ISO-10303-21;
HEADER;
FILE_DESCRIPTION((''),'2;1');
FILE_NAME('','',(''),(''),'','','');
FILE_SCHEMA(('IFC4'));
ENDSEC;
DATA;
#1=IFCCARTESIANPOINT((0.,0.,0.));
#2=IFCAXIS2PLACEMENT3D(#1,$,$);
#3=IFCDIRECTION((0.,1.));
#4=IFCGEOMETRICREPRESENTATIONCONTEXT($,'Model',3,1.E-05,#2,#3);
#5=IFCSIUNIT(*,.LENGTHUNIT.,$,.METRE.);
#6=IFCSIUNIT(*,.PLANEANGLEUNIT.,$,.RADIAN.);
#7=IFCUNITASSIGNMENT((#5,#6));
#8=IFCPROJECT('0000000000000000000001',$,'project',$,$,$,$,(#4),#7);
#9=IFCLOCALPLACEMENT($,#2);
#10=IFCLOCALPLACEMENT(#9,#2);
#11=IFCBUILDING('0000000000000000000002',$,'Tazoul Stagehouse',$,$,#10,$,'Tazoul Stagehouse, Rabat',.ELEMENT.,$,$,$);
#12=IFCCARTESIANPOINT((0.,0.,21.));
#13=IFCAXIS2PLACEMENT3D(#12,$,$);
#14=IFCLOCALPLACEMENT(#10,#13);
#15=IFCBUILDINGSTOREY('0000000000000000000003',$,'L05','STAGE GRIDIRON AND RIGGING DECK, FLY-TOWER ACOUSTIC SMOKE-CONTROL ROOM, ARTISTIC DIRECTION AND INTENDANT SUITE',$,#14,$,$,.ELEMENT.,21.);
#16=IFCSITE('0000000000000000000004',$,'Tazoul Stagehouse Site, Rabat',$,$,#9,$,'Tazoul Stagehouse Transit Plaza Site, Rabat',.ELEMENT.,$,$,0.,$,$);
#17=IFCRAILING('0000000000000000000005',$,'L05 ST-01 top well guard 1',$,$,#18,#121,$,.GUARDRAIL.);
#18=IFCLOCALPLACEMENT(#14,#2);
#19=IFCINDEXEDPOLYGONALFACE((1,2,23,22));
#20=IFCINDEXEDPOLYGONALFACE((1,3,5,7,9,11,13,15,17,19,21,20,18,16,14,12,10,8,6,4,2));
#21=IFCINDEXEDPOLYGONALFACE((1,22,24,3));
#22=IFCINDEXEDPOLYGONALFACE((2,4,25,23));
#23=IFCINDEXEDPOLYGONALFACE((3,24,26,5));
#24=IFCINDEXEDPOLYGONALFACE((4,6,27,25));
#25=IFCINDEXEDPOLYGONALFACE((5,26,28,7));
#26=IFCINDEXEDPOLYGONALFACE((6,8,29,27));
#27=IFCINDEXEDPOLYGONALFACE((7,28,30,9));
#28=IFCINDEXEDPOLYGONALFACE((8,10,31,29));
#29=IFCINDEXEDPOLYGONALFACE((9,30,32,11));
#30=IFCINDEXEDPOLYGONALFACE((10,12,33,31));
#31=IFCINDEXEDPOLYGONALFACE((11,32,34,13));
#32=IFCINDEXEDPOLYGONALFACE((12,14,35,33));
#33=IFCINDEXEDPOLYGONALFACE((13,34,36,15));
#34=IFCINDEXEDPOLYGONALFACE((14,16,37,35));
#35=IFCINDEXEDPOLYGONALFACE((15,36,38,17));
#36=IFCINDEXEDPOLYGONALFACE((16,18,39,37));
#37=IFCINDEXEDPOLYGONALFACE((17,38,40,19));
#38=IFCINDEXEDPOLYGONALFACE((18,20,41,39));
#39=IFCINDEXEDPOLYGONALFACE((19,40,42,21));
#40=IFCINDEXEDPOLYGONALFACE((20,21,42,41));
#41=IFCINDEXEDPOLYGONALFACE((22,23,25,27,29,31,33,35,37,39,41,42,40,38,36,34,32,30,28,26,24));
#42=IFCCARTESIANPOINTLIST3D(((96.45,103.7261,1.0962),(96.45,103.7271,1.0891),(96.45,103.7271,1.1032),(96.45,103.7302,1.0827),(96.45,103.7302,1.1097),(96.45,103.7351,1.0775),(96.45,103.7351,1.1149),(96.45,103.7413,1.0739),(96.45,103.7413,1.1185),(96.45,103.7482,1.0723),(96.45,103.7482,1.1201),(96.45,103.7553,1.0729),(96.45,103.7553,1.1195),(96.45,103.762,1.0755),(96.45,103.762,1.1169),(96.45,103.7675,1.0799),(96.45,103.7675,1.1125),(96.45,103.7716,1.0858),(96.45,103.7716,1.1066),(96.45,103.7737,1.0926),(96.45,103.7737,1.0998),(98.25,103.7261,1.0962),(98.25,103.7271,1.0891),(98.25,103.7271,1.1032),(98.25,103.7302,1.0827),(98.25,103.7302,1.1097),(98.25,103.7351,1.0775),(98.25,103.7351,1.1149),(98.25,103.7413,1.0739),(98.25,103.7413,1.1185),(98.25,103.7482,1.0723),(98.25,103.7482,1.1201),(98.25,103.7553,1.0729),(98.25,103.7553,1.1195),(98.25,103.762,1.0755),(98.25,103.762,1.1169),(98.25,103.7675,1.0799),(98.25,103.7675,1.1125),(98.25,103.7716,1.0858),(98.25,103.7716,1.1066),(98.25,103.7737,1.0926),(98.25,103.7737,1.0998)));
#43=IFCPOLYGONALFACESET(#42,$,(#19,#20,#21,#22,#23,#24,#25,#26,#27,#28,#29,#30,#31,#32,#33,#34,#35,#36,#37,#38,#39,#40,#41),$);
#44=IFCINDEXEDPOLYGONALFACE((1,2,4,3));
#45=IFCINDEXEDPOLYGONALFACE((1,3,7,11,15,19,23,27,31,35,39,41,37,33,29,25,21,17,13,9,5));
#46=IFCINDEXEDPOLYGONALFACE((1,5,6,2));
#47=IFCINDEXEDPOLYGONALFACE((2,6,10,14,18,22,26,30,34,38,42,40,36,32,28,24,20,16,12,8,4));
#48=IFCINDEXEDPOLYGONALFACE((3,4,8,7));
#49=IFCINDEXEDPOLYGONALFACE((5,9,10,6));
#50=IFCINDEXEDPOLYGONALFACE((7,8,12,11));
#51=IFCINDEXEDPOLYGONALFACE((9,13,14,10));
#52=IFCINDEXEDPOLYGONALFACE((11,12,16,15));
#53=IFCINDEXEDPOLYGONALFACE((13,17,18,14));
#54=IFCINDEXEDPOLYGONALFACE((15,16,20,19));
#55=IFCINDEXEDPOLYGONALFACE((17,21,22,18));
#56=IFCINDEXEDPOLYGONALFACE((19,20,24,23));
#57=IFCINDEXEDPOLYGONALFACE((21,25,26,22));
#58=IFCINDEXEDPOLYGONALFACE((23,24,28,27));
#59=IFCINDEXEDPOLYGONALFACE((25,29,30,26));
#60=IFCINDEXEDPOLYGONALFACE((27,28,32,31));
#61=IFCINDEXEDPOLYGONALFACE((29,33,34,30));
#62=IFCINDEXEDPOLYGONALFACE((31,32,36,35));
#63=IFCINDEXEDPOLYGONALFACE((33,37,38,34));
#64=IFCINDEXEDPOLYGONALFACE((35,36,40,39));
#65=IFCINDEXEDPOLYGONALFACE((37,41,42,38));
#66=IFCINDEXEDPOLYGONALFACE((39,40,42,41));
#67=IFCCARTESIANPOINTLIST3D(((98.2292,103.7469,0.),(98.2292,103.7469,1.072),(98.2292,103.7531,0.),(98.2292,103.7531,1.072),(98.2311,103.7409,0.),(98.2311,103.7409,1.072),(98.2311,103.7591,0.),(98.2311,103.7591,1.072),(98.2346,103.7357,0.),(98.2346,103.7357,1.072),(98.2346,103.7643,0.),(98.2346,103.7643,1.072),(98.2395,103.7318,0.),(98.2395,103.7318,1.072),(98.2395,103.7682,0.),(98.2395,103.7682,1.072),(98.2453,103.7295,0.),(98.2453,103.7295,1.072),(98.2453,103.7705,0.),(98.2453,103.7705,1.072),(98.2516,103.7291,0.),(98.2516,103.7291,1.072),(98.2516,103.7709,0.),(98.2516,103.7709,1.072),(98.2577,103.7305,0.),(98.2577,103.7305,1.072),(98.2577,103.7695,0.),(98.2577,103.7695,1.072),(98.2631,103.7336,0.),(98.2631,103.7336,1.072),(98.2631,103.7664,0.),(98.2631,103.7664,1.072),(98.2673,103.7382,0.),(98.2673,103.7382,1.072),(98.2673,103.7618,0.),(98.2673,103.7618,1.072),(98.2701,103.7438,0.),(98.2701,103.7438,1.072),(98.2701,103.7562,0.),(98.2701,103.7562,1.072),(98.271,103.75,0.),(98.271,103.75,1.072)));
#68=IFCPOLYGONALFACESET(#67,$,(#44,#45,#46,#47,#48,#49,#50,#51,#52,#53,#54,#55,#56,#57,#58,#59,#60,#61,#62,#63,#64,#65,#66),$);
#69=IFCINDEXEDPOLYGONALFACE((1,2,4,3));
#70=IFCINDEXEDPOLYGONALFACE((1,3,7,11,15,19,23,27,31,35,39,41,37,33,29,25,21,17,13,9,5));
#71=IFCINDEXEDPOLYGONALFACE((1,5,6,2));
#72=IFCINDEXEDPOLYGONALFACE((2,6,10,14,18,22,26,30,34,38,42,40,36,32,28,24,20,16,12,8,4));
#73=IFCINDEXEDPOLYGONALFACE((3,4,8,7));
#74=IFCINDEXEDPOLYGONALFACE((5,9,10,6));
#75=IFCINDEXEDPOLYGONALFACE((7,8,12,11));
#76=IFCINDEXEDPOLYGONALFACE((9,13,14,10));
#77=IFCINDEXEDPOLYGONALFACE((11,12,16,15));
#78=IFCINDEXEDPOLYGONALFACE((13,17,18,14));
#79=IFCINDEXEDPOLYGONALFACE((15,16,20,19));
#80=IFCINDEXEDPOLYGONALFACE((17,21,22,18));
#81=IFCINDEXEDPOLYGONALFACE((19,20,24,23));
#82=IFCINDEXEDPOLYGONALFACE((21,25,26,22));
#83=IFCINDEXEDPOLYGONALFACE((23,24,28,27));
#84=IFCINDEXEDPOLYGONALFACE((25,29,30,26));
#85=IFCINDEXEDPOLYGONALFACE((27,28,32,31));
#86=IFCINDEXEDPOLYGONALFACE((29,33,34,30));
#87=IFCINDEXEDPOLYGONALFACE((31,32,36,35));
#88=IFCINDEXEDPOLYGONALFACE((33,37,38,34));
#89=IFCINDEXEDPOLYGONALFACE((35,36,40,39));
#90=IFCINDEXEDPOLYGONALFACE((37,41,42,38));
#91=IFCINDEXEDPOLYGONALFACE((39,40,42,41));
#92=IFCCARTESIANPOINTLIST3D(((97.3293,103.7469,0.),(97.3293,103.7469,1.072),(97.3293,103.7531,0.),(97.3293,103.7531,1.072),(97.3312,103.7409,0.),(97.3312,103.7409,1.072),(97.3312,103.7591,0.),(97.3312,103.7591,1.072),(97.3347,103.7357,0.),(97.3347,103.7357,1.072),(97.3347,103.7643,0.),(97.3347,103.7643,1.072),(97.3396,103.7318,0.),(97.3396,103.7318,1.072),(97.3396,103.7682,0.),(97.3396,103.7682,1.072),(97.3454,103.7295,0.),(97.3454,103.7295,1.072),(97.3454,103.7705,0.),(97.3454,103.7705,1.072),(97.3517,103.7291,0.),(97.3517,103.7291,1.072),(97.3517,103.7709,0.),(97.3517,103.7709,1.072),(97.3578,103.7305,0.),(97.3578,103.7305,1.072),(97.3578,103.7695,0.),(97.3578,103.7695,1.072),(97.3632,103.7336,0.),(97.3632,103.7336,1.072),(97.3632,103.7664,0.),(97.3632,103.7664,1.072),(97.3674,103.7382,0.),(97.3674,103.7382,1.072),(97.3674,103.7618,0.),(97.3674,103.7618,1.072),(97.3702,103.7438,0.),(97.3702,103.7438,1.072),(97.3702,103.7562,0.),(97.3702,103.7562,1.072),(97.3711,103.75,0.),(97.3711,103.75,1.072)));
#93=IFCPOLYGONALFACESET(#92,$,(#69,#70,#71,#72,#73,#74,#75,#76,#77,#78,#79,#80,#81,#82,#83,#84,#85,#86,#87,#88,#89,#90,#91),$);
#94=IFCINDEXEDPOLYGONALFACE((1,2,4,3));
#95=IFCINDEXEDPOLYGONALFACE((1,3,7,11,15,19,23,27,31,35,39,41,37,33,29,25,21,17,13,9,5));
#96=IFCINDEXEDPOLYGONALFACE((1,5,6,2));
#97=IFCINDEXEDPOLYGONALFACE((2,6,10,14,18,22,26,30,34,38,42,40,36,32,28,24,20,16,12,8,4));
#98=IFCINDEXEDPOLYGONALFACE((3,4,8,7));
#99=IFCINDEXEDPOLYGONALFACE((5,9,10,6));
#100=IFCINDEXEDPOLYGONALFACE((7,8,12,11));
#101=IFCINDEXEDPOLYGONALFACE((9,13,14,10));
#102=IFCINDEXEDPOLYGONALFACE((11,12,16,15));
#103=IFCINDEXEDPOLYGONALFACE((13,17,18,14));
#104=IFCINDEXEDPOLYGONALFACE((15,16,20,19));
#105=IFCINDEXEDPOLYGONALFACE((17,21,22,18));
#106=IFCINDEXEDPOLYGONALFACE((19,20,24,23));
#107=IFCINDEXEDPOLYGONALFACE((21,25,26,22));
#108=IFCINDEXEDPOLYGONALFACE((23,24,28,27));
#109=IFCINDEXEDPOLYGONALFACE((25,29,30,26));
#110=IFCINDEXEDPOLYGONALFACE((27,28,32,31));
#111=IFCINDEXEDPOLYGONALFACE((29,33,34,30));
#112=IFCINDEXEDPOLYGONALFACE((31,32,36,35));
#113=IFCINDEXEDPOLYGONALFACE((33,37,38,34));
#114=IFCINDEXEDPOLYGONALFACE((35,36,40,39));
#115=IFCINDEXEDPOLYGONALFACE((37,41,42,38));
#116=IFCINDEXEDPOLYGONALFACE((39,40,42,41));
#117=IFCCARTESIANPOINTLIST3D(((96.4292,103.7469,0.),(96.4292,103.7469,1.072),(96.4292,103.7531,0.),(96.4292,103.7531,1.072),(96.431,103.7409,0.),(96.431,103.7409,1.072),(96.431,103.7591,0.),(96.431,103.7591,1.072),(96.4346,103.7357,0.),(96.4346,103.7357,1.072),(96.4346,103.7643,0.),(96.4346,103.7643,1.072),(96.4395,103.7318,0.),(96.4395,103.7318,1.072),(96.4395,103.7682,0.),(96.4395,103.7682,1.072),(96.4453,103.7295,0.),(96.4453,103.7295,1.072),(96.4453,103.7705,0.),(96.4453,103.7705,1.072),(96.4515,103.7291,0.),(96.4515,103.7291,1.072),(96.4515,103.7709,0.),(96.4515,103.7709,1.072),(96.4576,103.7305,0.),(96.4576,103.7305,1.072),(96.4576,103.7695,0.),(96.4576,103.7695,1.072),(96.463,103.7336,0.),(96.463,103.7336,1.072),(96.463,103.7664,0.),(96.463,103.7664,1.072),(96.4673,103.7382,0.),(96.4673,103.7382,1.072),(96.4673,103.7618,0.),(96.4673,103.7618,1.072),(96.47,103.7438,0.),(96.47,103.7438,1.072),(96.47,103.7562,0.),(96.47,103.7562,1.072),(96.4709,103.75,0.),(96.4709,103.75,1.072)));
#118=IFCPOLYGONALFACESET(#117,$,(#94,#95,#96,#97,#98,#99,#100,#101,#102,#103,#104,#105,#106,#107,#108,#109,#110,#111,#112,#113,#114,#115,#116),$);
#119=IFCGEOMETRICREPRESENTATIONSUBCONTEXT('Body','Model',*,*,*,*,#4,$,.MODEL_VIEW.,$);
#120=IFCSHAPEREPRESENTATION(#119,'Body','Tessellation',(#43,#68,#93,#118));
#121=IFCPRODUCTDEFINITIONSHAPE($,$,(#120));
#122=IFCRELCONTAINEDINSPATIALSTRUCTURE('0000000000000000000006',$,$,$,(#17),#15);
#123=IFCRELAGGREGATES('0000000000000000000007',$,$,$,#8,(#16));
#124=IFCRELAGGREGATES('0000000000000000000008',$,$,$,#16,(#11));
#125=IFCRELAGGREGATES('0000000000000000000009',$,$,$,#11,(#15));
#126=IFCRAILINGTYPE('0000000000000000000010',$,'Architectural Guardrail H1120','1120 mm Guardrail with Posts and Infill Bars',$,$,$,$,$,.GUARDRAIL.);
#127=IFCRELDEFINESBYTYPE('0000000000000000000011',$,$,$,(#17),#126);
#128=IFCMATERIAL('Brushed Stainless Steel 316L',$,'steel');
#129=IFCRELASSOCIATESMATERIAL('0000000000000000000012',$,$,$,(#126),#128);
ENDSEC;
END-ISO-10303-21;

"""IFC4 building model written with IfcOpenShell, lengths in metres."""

from ifc_helpers import new_model, si_unit, direction, frame, origin, origin_2d, place, context, subcontext, project, spatial, circle, extrude, material, material_profile, profile_set, type_object, element, save


model = new_model("IFC4")

# Units and contexts
model_context = context("Model", 3, precision=1e-05, world=origin(), true_north=direction((0.0, 1.0)))
body_context = subcontext(model_context, "Body", "Model", "MODEL_VIEW")
ifc_project = project(units=[si_unit("LENGTHUNIT", "METRE"), si_unit("PLANEANGLEUNIT", "RADIAN")], contexts=[model_context])

# Site, building, storey
site_placement = place(None, origin())
site = spatial("IfcSite", under=ifc_project, at=site_placement, Name="Tazoul Stagehouse Site, Rabat", LongName="Tazoul Stagehouse Transit Plaza Site, Rabat", CompositionType="ELEMENT", RefElevation=0.0)
building_placement = place(site_placement, origin())
building = spatial("IfcBuilding", under=site, at=building_placement, Name="Tazoul Stagehouse", LongName="Tazoul Stagehouse, Rabat", CompositionType="ELEMENT")
storey_placement = place(building_placement, frame((0.0, 0.0, 21.0)))
storey = spatial("IfcBuildingStorey", under=building, at=storey_placement, Name="L05", Description="STAGE GRIDIRON AND RIGGING DECK, FLY-TOWER ACOUSTIC SMOKE-CONTROL ROOM, ARTISTIC DIRECTION AND INTENDANT SUITE", CompositionType="ELEMENT", Elevation=21.0)

# Railing
ifc_material_1 = material(Name="Brushed Stainless Steel 316L", Category="steel")
ifc_material_profile_1 = material_profile(ifc_material_1, circle(Radius=0.0239, at=origin_2d()), Name="SS RAIL D48")
ifc_profile_set_1 = profile_set([ifc_material_profile_1], Name="Brushed Stainless Steel 316L")
railing_type = type_object("IfcRailingType", Name="Architectural Guardrail H1120", Description="1120 mm Guardrail with Posts and Infill Bars", PredefinedType="GUARDRAIL", material=ifc_profile_set_1)
railing_1_placement = place(storey_placement, frame((98.25, 103.75, 0.0)))
element("IfcRailing", 1, at=railing_1_placement, inside=storey, type_object=railing_type, Name="L05 ST-01 top well guard 1", PredefinedType="GUARDRAIL", context=body_context, shape_type="SweptSolid", body=[
    extrude(circle(Radius=0.0239, at=origin_2d()), frame((0.0, 0.0, 1.0962), z_axis=(-1.0, 0.0, 0.0), x_axis=(0.0, -1.0, 0.0)), (0.0, 0.0, 1.0), 1.8),
    extrude(circle(Radius=0.021, at=origin_2d()), origin(), (0.0, 0.0, 1.0), 1.072),
    extrude(circle(Radius=0.021, at=origin_2d()), frame((-0.8999, 0.0, 0.0)), (0.0, 0.0, 1.0), 1.072),
    extrude(circle(Radius=0.021, at=origin_2d()), frame((-1.8, 0.0, 0.0)), (0.0, 0.0, 1.0), 1.072),
])

save(model, "model.ifc")
